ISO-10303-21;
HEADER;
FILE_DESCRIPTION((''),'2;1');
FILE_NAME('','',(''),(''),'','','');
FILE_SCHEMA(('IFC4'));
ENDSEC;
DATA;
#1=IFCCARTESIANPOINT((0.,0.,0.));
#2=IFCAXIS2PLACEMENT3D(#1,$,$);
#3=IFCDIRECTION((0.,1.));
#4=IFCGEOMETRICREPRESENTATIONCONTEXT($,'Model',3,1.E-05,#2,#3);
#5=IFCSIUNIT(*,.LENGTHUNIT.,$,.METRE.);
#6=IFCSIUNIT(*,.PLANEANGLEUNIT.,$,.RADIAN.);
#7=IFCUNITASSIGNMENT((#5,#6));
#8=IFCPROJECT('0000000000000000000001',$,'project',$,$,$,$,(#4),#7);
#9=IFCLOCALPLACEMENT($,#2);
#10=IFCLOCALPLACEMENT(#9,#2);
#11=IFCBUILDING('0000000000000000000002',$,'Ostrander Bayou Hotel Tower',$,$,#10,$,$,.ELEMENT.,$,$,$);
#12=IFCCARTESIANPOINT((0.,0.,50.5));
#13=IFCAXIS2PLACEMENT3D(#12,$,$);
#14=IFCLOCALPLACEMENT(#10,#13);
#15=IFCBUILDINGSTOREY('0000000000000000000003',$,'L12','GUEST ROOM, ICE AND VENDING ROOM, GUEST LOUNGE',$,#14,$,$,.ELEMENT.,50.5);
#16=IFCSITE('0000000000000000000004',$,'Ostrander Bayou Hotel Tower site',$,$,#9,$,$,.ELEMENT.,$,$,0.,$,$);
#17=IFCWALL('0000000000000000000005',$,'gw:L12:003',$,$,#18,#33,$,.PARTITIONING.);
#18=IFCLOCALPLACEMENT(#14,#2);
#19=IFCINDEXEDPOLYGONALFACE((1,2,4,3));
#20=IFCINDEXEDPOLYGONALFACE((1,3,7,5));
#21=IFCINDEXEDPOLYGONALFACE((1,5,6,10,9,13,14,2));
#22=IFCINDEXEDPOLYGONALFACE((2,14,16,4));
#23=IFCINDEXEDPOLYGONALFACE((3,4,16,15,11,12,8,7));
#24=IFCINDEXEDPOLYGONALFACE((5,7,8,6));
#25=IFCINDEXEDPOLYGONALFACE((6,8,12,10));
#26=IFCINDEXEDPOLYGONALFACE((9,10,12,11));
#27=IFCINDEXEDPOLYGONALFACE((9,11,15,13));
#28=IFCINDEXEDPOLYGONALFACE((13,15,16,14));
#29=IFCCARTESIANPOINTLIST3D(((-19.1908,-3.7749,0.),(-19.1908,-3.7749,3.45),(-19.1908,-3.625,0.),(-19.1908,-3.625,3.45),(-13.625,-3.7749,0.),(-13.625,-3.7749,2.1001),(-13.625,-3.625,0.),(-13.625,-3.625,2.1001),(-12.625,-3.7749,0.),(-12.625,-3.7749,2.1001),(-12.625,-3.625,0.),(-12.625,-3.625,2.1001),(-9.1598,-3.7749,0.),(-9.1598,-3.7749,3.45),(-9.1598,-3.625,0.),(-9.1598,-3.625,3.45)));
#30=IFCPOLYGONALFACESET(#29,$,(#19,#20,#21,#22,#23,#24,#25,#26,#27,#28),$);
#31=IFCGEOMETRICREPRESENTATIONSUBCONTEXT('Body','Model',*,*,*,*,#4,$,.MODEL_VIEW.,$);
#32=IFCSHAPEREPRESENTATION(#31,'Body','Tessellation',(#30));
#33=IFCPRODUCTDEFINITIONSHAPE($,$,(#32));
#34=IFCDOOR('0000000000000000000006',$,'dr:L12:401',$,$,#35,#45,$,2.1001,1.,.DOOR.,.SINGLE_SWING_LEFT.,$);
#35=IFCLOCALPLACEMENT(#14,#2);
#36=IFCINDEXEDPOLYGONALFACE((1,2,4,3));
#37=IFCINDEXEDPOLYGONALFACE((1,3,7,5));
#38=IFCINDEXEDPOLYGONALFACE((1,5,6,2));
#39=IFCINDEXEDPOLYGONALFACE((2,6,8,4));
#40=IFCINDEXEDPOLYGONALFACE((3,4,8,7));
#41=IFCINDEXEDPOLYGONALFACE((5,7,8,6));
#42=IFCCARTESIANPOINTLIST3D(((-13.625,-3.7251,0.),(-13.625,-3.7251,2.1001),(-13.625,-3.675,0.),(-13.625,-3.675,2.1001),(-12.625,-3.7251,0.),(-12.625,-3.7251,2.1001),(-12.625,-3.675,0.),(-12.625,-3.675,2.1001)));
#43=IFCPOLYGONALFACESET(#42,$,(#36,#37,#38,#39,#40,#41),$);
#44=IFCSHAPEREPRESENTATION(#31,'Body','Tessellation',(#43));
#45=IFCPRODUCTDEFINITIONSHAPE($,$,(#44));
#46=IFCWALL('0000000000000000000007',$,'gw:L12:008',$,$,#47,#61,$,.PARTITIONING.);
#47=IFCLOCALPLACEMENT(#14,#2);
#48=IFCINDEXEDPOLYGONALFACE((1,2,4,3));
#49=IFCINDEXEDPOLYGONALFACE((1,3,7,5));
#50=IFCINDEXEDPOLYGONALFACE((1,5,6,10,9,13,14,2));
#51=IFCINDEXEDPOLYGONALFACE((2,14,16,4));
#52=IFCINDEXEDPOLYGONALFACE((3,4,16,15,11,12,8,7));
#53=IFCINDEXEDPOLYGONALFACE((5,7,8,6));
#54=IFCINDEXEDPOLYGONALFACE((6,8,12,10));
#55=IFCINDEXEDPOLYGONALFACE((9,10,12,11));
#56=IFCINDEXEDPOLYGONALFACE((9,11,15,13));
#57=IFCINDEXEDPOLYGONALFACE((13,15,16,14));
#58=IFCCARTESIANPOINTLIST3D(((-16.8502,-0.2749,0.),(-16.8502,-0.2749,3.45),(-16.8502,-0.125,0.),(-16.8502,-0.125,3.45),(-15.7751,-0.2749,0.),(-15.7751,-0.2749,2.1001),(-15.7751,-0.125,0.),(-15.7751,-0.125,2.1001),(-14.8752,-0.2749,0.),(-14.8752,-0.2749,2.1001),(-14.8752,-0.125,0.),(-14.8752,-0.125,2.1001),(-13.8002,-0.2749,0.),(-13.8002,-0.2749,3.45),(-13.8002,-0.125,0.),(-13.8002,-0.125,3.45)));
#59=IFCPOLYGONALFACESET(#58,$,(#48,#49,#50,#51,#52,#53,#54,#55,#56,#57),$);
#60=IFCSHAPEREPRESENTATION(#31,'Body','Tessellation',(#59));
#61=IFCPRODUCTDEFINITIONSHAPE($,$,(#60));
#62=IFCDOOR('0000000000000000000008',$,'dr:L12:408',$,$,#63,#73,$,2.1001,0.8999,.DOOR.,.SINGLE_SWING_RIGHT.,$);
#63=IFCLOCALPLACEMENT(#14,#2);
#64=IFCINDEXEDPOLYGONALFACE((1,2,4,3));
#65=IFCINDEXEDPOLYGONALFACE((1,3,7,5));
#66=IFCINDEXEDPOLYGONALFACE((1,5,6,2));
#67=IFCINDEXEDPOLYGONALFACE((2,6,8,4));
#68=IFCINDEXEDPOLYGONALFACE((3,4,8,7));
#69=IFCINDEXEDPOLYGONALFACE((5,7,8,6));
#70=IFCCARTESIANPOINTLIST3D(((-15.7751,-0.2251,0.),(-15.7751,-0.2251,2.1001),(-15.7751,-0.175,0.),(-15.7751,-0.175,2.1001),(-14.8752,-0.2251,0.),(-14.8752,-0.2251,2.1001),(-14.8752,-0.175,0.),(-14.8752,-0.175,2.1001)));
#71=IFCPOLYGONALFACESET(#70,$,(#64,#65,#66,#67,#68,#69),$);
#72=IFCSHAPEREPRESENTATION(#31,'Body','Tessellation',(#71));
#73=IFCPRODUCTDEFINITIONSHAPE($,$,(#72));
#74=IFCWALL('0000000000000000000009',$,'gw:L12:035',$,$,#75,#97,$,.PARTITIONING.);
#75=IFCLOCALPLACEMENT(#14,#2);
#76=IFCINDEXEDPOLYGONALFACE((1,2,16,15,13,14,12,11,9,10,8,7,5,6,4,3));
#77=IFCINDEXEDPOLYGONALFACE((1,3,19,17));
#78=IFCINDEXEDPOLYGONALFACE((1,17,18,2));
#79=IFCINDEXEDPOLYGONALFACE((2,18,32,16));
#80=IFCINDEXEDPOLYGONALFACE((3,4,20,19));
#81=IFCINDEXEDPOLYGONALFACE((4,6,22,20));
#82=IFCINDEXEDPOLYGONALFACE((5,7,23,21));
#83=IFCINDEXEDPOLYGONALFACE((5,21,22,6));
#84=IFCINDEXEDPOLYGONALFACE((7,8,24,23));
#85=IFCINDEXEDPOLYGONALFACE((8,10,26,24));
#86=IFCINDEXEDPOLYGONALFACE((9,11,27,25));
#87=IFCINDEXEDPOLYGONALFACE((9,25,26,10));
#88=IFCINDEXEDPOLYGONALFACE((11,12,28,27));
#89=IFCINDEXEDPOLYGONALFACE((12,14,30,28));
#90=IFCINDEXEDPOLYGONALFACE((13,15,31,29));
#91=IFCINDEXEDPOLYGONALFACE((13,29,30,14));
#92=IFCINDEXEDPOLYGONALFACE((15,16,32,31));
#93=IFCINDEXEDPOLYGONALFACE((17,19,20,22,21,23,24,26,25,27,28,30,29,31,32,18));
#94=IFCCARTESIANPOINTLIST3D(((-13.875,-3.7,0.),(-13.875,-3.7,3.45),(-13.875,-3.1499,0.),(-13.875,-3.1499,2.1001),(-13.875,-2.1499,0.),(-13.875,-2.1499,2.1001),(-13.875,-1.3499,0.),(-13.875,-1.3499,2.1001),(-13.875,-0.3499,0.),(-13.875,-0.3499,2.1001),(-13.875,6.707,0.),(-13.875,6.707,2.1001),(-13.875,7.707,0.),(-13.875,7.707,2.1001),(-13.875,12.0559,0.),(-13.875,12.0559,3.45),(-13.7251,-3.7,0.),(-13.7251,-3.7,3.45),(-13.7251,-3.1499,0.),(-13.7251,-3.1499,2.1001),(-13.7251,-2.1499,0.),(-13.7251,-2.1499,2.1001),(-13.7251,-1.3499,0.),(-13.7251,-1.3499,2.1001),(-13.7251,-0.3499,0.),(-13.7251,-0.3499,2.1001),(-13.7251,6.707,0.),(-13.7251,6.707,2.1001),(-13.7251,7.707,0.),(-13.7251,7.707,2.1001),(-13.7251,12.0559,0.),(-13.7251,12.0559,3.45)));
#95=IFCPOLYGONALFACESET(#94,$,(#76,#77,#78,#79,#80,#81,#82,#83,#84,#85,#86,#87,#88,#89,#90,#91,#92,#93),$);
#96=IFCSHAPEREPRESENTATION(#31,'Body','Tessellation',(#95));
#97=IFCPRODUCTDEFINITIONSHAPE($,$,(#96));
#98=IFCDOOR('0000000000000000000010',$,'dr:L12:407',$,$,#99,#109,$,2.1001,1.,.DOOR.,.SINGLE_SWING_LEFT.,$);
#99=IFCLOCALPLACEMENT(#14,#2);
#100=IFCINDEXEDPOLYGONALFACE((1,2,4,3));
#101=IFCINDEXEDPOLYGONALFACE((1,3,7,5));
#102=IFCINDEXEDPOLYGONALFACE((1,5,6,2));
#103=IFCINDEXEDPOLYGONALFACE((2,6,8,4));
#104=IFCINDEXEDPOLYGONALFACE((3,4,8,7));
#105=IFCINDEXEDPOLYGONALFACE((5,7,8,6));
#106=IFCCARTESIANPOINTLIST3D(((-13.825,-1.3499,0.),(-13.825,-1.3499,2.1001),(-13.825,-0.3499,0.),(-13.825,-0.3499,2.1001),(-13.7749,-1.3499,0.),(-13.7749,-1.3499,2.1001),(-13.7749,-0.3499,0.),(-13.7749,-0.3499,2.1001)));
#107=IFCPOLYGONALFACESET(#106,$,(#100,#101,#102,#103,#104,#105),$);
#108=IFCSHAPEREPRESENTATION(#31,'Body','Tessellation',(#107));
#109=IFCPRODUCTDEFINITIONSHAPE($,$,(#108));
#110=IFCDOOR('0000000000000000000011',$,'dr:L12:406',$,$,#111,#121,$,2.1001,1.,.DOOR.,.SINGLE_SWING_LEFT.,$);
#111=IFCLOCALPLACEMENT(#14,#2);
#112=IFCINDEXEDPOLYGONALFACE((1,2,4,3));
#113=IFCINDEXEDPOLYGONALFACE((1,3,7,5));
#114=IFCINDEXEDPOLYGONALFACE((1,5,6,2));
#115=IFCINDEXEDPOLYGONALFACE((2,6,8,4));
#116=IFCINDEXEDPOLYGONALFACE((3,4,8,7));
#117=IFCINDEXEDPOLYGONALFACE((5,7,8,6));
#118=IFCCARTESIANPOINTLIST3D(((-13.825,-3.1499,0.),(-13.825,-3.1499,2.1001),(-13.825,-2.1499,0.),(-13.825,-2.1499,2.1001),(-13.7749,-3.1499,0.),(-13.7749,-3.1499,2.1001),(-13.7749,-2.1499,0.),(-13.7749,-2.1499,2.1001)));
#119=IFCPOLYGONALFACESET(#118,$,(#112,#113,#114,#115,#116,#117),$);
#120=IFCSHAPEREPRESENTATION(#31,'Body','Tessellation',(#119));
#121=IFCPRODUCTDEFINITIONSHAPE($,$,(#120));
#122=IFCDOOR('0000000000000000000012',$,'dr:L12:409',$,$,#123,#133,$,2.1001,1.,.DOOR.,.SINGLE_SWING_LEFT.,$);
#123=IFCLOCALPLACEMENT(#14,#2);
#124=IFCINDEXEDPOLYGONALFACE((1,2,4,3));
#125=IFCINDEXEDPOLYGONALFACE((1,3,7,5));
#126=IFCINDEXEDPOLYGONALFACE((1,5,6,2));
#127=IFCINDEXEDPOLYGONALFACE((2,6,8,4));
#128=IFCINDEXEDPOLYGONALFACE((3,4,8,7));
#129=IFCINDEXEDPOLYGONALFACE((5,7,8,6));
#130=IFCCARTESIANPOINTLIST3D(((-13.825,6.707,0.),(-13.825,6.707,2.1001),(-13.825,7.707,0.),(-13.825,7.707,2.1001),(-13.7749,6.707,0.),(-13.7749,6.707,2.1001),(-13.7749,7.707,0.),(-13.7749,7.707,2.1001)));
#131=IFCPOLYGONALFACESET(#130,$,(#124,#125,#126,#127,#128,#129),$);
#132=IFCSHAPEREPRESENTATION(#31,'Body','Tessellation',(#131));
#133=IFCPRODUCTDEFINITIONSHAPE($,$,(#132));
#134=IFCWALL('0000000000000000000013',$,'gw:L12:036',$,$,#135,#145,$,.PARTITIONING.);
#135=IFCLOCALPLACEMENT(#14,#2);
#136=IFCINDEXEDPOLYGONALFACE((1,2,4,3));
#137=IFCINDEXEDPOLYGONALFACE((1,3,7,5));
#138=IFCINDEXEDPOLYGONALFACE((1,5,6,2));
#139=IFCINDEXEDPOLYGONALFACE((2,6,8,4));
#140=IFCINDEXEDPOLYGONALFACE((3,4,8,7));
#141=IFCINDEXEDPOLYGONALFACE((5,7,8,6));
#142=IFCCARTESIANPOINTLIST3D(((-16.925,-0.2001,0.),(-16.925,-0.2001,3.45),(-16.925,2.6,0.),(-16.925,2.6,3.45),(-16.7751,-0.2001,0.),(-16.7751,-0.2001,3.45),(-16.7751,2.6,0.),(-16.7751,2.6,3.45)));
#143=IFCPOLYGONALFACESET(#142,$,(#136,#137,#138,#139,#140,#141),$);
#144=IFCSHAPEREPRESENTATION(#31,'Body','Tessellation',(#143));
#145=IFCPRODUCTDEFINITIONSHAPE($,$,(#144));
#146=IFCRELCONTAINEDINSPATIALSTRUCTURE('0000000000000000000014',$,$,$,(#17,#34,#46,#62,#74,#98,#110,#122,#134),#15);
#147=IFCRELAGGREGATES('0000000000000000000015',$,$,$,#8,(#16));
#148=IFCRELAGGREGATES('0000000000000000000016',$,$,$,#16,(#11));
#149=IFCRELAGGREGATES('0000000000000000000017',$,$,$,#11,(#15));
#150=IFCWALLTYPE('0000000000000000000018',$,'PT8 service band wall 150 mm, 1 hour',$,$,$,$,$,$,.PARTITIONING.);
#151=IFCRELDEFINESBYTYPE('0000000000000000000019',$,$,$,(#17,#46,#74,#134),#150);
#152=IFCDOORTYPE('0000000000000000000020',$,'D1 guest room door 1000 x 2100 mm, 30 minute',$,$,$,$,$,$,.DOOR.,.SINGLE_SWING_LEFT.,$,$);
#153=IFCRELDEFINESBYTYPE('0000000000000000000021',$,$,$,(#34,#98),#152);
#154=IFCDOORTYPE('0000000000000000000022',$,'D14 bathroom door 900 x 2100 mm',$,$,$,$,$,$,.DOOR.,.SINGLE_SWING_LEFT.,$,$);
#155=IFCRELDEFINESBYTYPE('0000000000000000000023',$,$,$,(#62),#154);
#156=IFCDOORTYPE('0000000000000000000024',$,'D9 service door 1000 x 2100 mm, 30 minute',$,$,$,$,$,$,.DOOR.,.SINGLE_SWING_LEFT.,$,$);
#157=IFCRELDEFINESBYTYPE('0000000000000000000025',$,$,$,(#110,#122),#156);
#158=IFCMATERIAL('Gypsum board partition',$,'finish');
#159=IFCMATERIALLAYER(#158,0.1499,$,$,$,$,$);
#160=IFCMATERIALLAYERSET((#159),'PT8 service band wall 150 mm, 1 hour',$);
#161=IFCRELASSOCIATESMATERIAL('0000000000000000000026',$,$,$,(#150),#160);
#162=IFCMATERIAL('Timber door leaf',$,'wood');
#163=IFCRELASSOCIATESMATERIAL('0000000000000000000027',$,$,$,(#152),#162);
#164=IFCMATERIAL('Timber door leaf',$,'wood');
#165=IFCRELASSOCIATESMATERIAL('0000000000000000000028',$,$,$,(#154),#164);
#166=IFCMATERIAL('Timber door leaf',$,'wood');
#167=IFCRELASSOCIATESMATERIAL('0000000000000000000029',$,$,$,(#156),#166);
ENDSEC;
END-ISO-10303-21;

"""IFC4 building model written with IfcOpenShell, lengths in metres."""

from ifc_helpers import new_model, si_unit, direction, frame, frame_2d, origin, place, context, subcontext, project, spatial, rectangle, extrude, material, layer, layer_set, type_object, element, fill, save


model = new_model("IFC4")

# Units and contexts
model_context = context("Model", 3, precision=1e-05, world=origin(), true_north=direction((0.0, 1.0)))
body_context = subcontext(model_context, "Body", "Model", "MODEL_VIEW")
ifc_project = project(units=[si_unit("LENGTHUNIT", "METRE"), si_unit("PLANEANGLEUNIT", "RADIAN")], contexts=[model_context])

# Site, building, storey
site_placement = place(None, origin())
site = spatial("IfcSite", under=ifc_project, at=site_placement, Name="Ostrander Bayou Hotel Tower site", CompositionType="ELEMENT", RefElevation=0.0)
building_placement = place(site_placement, origin())
building = spatial("IfcBuilding", under=site, at=building_placement, Name="Ostrander Bayou Hotel Tower", CompositionType="ELEMENT")
storey_placement = place(building_placement, frame((0.0, 0.0, 50.5)))
storey = spatial("IfcBuildingStorey", under=building, at=storey_placement, Name="L12", Description="GUEST ROOM, ICE AND VENDING ROOM, GUEST LOUNGE", CompositionType="ELEMENT", Elevation=50.5)

# Walls, openings, doors
ifc_material_1 = material(Name="Gypsum board partition", Category="finish")
ifc_layer_1 = layer(ifc_material_1, 0.1499)
ifc_layer_set_1 = layer_set([ifc_layer_1], Name="PT8 service band wall 150 mm, 1 hour")
wall_type_1 = type_object("IfcWallType", Name="PT8 service band wall 150 mm, 1 hour", PredefinedType="PARTITIONING", material=ifc_layer_set_1)
wall_1_placement = place(storey_placement, frame((-19.1909, -3.7, 0.0), z_axis=(0.0, 0.0, 1.0), x_axis=(1.0, 0.0, 0.0)))
wall_1 = element("IfcWall", 1, at=wall_1_placement, inside=storey, type_object=wall_type_1, Name="gw:L12:003", PredefinedType="PARTITIONING", context=body_context, shape_type="SweptSolid", body=[
    extrude(rectangle(XDim=10.031, YDim=0.1499, at=frame_2d((5.0156, 0.0))), origin(), (0.0, 0.0, 1.0), 3.45),
])
opening_1_placement = place(wall_1_placement, frame((5.5659, 0.0, 0.0)))
opening_1 = element("IfcOpeningElement", 2, at=opening_1_placement, cuts=wall_1, PredefinedType="OPENING", context=body_context, shape_type="SweptSolid", body=[
    extrude(rectangle(XDim=1.0, YDim=2.1001, at=frame_2d((0.5, 1.05))), frame((0.0, 0.075, 0.0), z_axis=(0.0, -1.0, 0.0), x_axis=(1.0, 0.0, 0.0)), (0.0, 0.0, 1.0), 0.1499),
])
ifc_material_2 = material(Name="Timber door leaf", Category="wood")
door_type_1 = type_object("IfcDoorType", Name="D1 guest room door 1000 x 2100 mm, 30 minute", OperationType="SINGLE_SWING_LEFT", PredefinedType="DOOR", material=ifc_material_2)
door_1_placement = place(opening_1_placement, origin())
door_1 = element("IfcDoor", 3, at=door_1_placement, inside=storey, type_object=door_type_1, Name="dr:L12:401", OperationType="SINGLE_SWING_LEFT", OverallHeight=2.1001, OverallWidth=1.0, PredefinedType="DOOR", context=body_context, shape_type="SweptSolid", body=[
    extrude(rectangle(XDim=1.0, YDim=2.1001, at=frame_2d((0.5, 1.05))), frame((0.0, 0.0249, 0.0), z_axis=(0.0, -1.0, 0.0), x_axis=(1.0, 0.0, 0.0)), (0.0, 0.0, 1.0), 0.05),
])
fill(opening_1, door_1)
wall_2_placement = place(storey_placement, frame((-16.8501, -0.2, 0.0), z_axis=(0.0, 0.0, 1.0), x_axis=(1.0, 0.0, 0.0)))
wall_2 = element("IfcWall", 4, at=wall_2_placement, inside=storey, type_object=wall_type_1, Name="gw:L12:008", PredefinedType="PARTITIONING", context=body_context, shape_type="SweptSolid", body=[
    extrude(rectangle(XDim=3.05, YDim=0.1499, at=frame_2d((1.5249, 0.0))), origin(), (0.0, 0.0, 1.0), 3.45),
])
opening_2_placement = place(wall_2_placement, frame((1.075, 0.0, 0.0)))
opening_2 = element("IfcOpeningElement", 5, at=opening_2_placement, cuts=wall_2, PredefinedType="OPENING", context=body_context, shape_type="SweptSolid", body=[
    extrude(rectangle(XDim=0.8999, YDim=2.1001, at=frame_2d((0.45, 1.05))), frame((0.0, 0.075, 0.0), z_axis=(0.0, -1.0, 0.0), x_axis=(1.0, 0.0, 0.0)), (0.0, 0.0, 1.0), 0.1499),
])
ifc_material_3 = material(Name="Timber door leaf", Category="wood")
door_type_2 = type_object("IfcDoorType", Name="D14 bathroom door 900 x 2100 mm", OperationType="SINGLE_SWING_LEFT", PredefinedType="DOOR", material=ifc_material_3)
door_2_placement = place(opening_2_placement, origin())
door_2 = element("IfcDoor", 6, at=door_2_placement, inside=storey, type_object=door_type_2, Name="dr:L12:408", OperationType="SINGLE_SWING_RIGHT", OverallHeight=2.1001, OverallWidth=0.8999, PredefinedType="DOOR", context=body_context, shape_type="SweptSolid", body=[
    extrude(rectangle(XDim=0.8999, YDim=2.1001, at=frame_2d((0.45, 1.05))), frame((0.0, 0.0249, 0.0), z_axis=(0.0, -1.0, 0.0), x_axis=(1.0, 0.0, 0.0)), (0.0, 0.0, 1.0), 0.05),
])
fill(opening_2, door_2)

# Wall, openings, doors
wall_3_placement = place(storey_placement, frame((-13.8, -3.7, 0.0), z_axis=(0.0, 0.0, 1.0), x_axis=(0.0, 1.0, 0.0)))
wall_3 = element("IfcWall", 7, at=wall_3_placement, inside=storey, type_object=wall_type_1, Name="gw:L12:035", PredefinedType="PARTITIONING", context=body_context, shape_type="SweptSolid", body=[
    extrude(rectangle(XDim=15.7559, YDim=0.1499, at=frame_2d((7.8779, 0.0))), origin(), (0.0, 0.0, 1.0), 3.45),
])
opening_3_placement = place(wall_3_placement, frame((0.55, 0.0, 0.0)))
opening_3 = element("IfcOpeningElement", 8, at=opening_3_placement, cuts=wall_3, PredefinedType="OPENING", context=body_context, shape_type="SweptSolid", body=[
    extrude(rectangle(XDim=1.0, YDim=2.1001, at=frame_2d((0.5, 1.05))), frame((0.0, 0.075, 0.0), z_axis=(0.0, -1.0, 0.0), x_axis=(1.0, 0.0, 0.0)), (0.0, 0.0, 1.0), 0.1499),
])
opening_4_placement = place(wall_3_placement, frame((2.3501, 0.0, 0.0)))
opening_4 = element("IfcOpeningElement", 9, at=opening_4_placement, cuts=wall_3, PredefinedType="OPENING", context=body_context, shape_type="SweptSolid", body=[
    extrude(rectangle(XDim=1.0, YDim=2.1001, at=frame_2d((0.5, 1.05))), frame((0.0, 0.075, 0.0), z_axis=(0.0, -1.0, 0.0), x_axis=(1.0, 0.0, 0.0)), (0.0, 0.0, 1.0), 0.1499),
])
opening_5_placement = place(wall_3_placement, frame((10.407, 0.0, 0.0)))
opening_5 = element("IfcOpeningElement", 10, at=opening_5_placement, cuts=wall_3, PredefinedType="OPENING", context=body_context, shape_type="SweptSolid", body=[
    extrude(rectangle(XDim=1.0, YDim=2.1001, at=frame_2d((0.5, 1.05))), frame((0.0, 0.075, 0.0), z_axis=(0.0, -1.0, 0.0), x_axis=(1.0, 0.0, 0.0)), (0.0, 0.0, 1.0), 0.1499),
])
door_3_placement = place(opening_4_placement, origin())
door_3 = element("IfcDoor", 11, at=door_3_placement, inside=storey, type_object=door_type_1, Name="dr:L12:407", OperationType="SINGLE_SWING_LEFT", OverallHeight=2.1001, OverallWidth=1.0, PredefinedType="DOOR", context=body_context, shape_type="SweptSolid", body=[
    extrude(rectangle(XDim=1.0, YDim=2.1001, at=frame_2d((0.5, 1.05))), frame((0.0, 0.0249, 0.0), z_axis=(0.0, -1.0, 0.0), x_axis=(1.0, 0.0, 0.0)), (0.0, 0.0, 1.0), 0.05),
])
fill(opening_4, door_3)
ifc_material_4 = material(Name="Timber door leaf", Category="wood")
door_type_3 = type_object("IfcDoorType", Name="D9 service door 1000 x 2100 mm, 30 minute", OperationType="SINGLE_SWING_LEFT", PredefinedType="DOOR", material=ifc_material_4)
door_4_placement = place(opening_3_placement, origin())
door_4 = element("IfcDoor", 12, at=door_4_placement, inside=storey, type_object=door_type_3, Name="dr:L12:406", OperationType="SINGLE_SWING_LEFT", OverallHeight=2.1001, OverallWidth=1.0, PredefinedType="DOOR", context=body_context, shape_type="SweptSolid", body=[
    extrude(rectangle(XDim=1.0, YDim=2.1001, at=frame_2d((0.5, 1.05))), frame((0.0, 0.0249, 0.0), z_axis=(0.0, -1.0, 0.0), x_axis=(1.0, 0.0, 0.0)), (0.0, 0.0, 1.0), 0.05),
])
fill(opening_3, door_4)
door_5_placement = place(opening_5_placement, origin())
door_5 = element("IfcDoor", 13, at=door_5_placement, inside=storey, type_object=door_type_3, Name="dr:L12:409", OperationType="SINGLE_SWING_LEFT", OverallHeight=2.1001, OverallWidth=1.0, PredefinedType="DOOR", context=body_context, shape_type="SweptSolid", body=[
    extrude(rectangle(XDim=1.0, YDim=2.1001, at=frame_2d((0.5, 1.05))), frame((0.0, 0.0249, 0.0), z_axis=(0.0, -1.0, 0.0), x_axis=(1.0, 0.0, 0.0)), (0.0, 0.0, 1.0), 0.05),
])
fill(opening_5, door_5)

# Wall
wall_4_placement = place(storey_placement, frame((-16.8501, -0.2, 0.0), z_axis=(0.0, 0.0, 1.0), x_axis=(0.0, 1.0, 0.0)))
element("IfcWall", 14, at=wall_4_placement, inside=storey, type_object=wall_type_1, Name="gw:L12:036", PredefinedType="PARTITIONING", context=body_context, shape_type="SweptSolid", body=[
    extrude(rectangle(XDim=2.8, YDim=0.1499, at=frame_2d((1.3999, 0.0))), origin(), (0.0, 0.0, 1.0), 3.45),
])

save(model, "model.ifc")
